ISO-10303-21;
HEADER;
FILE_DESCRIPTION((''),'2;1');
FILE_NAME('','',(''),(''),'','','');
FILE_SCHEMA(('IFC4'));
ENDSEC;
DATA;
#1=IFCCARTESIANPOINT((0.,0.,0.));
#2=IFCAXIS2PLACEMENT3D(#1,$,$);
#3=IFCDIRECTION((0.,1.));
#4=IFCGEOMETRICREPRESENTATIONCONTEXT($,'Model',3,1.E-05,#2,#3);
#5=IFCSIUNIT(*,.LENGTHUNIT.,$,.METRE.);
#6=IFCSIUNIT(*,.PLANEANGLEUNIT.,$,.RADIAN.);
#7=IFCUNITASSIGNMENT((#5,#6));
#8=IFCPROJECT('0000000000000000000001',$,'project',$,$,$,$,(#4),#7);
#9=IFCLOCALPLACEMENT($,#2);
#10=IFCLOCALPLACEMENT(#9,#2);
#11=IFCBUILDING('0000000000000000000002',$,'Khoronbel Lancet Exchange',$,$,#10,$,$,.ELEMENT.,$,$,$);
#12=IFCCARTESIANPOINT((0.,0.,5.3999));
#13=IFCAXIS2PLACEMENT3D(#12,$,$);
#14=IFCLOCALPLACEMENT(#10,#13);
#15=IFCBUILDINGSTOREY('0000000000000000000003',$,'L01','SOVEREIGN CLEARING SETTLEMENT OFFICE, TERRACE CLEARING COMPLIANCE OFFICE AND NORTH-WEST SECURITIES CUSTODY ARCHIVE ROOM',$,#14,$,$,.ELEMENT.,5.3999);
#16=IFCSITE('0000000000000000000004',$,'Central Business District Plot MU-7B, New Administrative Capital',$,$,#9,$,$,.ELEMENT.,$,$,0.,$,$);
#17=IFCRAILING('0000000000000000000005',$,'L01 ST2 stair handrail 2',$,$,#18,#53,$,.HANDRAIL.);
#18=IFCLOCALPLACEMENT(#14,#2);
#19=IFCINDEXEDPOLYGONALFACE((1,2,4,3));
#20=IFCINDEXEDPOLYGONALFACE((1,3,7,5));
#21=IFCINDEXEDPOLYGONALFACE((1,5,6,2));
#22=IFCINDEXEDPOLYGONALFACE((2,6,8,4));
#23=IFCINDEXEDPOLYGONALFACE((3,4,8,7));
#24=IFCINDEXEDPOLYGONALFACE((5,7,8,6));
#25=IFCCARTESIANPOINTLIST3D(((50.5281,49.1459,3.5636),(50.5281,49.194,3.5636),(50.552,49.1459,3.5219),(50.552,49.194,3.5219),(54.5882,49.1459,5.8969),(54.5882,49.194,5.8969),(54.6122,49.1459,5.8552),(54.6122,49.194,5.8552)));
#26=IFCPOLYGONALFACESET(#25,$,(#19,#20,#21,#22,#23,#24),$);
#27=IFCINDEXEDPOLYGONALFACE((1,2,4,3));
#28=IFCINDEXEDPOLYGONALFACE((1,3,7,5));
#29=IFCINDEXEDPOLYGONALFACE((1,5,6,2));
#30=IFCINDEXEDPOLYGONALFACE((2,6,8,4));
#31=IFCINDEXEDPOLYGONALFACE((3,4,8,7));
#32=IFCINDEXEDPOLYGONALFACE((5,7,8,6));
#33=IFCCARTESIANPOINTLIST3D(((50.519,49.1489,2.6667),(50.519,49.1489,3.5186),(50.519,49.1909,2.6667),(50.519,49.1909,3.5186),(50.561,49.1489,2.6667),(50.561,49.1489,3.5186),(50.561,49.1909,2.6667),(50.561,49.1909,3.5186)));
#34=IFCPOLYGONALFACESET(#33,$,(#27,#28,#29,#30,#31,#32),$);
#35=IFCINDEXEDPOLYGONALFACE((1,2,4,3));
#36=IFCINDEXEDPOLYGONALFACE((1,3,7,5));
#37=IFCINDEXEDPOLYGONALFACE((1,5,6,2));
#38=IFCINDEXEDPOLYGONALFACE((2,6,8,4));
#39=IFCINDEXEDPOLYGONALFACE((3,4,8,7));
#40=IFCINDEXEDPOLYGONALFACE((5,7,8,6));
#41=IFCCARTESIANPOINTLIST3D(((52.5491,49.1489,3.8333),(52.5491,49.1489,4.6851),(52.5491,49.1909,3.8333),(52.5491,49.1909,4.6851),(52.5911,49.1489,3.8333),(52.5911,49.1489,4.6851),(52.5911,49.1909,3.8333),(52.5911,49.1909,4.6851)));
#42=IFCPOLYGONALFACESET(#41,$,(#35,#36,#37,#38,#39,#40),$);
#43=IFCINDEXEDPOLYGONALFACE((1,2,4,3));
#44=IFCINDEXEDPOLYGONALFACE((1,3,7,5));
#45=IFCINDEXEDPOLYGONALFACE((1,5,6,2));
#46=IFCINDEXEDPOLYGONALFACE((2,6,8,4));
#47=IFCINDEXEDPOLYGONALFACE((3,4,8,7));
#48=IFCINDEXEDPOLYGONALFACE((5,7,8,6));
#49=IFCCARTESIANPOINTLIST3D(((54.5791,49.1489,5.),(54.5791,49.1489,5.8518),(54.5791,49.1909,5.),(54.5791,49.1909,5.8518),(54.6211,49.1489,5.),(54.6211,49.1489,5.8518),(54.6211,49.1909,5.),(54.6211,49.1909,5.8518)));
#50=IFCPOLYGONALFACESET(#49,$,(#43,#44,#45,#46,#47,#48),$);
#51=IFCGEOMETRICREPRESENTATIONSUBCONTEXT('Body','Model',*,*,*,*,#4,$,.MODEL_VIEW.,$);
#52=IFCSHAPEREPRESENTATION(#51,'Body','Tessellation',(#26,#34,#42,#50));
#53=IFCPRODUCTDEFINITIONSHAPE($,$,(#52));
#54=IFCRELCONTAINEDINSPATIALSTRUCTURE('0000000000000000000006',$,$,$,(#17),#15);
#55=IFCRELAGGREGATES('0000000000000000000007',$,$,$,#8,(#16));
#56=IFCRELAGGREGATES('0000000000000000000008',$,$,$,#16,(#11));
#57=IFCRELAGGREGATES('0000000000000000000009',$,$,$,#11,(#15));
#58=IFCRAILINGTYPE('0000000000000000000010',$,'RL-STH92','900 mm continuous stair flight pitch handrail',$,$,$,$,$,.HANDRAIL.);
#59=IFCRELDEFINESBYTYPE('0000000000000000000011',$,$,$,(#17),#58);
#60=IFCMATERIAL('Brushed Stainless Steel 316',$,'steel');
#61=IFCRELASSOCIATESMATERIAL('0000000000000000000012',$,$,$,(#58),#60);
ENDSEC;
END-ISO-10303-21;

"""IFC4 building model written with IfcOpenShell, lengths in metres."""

from ifc_helpers import new_model, si_unit, direction, frame, origin, origin_2d, place, context, subcontext, project, spatial, rectangle, extrude, material, type_object, element, save


model = new_model("IFC4")

# Units and contexts
model_context = context("Model", 3, precision=1e-05, world=origin(), true_north=direction((0.0, 1.0)))
body_context = subcontext(model_context, "Body", "Model", "MODEL_VIEW")
ifc_project = project(units=[si_unit("LENGTHUNIT", "METRE"), si_unit("PLANEANGLEUNIT", "RADIAN")], contexts=[model_context])

# Site, building, storey
site_placement = place(None, origin())
site = spatial("IfcSite", under=ifc_project, at=site_placement, Name="Central Business District Plot MU-7B, New Administrative Capital", CompositionType="ELEMENT", RefElevation=0.0)
building_placement = place(site_placement, origin())
building = spatial("IfcBuilding", under=site, at=building_placement, Name="Khoronbel Lancet Exchange", CompositionType="ELEMENT")
storey_placement = place(building_placement, frame((0.0, 0.0, 5.3999)))
storey = spatial("IfcBuildingStorey", under=building, at=storey_placement, Name="L01", Description="SOVEREIGN CLEARING SETTLEMENT OFFICE, TERRACE CLEARING COMPLIANCE OFFICE AND NORTH-WEST SECURITIES CUSTODY ARCHIVE ROOM", CompositionType="ELEMENT", Elevation=5.3999)

# Railing
ifc_material_1 = material(Name="Brushed Stainless Steel 316", Category="steel")
railing_type_1 = type_object("IfcRailingType", Name="RL-STH92", Description="900 mm continuous stair flight pitch handrail", PredefinedType="HANDRAIL", material=ifc_material_1)
railing_1_placement = place(storey_placement, frame((50.54, 49.1699, 2.6667)))
element("IfcRailing", 1, at=railing_1_placement, inside=storey, type_object=railing_type_1, Name="L01 ST2 stair handrail 2", PredefinedType="HANDRAIL", context=body_context, shape_type="SweptSolid", body=[
    extrude(rectangle(XDim=0.0481, YDim=0.0481, at=origin_2d()), frame((0.0, 0.0, 0.876), z_axis=(0.867025, 0.0, 0.498265), x_axis=(0.0, 1.0, 0.0)), (0.0, 0.0, 1.0), 4.6829),
    extrude(rectangle(XDim=0.042, YDim=0.042, at=origin_2d()), origin(), (0.0, 0.0, 1.0), 0.8518),
    extrude(rectangle(XDim=0.042, YDim=0.042, at=origin_2d()), frame((2.03, 0.0, 1.1665)), (0.0, 0.0, 1.0), 0.8518),
    extrude(rectangle(XDim=0.042, YDim=0.042, at=origin_2d()), frame((4.0601, 0.0, 2.3333)), (0.0, 0.0, 1.0), 0.8518),
])

save(model, "model.ifc")
